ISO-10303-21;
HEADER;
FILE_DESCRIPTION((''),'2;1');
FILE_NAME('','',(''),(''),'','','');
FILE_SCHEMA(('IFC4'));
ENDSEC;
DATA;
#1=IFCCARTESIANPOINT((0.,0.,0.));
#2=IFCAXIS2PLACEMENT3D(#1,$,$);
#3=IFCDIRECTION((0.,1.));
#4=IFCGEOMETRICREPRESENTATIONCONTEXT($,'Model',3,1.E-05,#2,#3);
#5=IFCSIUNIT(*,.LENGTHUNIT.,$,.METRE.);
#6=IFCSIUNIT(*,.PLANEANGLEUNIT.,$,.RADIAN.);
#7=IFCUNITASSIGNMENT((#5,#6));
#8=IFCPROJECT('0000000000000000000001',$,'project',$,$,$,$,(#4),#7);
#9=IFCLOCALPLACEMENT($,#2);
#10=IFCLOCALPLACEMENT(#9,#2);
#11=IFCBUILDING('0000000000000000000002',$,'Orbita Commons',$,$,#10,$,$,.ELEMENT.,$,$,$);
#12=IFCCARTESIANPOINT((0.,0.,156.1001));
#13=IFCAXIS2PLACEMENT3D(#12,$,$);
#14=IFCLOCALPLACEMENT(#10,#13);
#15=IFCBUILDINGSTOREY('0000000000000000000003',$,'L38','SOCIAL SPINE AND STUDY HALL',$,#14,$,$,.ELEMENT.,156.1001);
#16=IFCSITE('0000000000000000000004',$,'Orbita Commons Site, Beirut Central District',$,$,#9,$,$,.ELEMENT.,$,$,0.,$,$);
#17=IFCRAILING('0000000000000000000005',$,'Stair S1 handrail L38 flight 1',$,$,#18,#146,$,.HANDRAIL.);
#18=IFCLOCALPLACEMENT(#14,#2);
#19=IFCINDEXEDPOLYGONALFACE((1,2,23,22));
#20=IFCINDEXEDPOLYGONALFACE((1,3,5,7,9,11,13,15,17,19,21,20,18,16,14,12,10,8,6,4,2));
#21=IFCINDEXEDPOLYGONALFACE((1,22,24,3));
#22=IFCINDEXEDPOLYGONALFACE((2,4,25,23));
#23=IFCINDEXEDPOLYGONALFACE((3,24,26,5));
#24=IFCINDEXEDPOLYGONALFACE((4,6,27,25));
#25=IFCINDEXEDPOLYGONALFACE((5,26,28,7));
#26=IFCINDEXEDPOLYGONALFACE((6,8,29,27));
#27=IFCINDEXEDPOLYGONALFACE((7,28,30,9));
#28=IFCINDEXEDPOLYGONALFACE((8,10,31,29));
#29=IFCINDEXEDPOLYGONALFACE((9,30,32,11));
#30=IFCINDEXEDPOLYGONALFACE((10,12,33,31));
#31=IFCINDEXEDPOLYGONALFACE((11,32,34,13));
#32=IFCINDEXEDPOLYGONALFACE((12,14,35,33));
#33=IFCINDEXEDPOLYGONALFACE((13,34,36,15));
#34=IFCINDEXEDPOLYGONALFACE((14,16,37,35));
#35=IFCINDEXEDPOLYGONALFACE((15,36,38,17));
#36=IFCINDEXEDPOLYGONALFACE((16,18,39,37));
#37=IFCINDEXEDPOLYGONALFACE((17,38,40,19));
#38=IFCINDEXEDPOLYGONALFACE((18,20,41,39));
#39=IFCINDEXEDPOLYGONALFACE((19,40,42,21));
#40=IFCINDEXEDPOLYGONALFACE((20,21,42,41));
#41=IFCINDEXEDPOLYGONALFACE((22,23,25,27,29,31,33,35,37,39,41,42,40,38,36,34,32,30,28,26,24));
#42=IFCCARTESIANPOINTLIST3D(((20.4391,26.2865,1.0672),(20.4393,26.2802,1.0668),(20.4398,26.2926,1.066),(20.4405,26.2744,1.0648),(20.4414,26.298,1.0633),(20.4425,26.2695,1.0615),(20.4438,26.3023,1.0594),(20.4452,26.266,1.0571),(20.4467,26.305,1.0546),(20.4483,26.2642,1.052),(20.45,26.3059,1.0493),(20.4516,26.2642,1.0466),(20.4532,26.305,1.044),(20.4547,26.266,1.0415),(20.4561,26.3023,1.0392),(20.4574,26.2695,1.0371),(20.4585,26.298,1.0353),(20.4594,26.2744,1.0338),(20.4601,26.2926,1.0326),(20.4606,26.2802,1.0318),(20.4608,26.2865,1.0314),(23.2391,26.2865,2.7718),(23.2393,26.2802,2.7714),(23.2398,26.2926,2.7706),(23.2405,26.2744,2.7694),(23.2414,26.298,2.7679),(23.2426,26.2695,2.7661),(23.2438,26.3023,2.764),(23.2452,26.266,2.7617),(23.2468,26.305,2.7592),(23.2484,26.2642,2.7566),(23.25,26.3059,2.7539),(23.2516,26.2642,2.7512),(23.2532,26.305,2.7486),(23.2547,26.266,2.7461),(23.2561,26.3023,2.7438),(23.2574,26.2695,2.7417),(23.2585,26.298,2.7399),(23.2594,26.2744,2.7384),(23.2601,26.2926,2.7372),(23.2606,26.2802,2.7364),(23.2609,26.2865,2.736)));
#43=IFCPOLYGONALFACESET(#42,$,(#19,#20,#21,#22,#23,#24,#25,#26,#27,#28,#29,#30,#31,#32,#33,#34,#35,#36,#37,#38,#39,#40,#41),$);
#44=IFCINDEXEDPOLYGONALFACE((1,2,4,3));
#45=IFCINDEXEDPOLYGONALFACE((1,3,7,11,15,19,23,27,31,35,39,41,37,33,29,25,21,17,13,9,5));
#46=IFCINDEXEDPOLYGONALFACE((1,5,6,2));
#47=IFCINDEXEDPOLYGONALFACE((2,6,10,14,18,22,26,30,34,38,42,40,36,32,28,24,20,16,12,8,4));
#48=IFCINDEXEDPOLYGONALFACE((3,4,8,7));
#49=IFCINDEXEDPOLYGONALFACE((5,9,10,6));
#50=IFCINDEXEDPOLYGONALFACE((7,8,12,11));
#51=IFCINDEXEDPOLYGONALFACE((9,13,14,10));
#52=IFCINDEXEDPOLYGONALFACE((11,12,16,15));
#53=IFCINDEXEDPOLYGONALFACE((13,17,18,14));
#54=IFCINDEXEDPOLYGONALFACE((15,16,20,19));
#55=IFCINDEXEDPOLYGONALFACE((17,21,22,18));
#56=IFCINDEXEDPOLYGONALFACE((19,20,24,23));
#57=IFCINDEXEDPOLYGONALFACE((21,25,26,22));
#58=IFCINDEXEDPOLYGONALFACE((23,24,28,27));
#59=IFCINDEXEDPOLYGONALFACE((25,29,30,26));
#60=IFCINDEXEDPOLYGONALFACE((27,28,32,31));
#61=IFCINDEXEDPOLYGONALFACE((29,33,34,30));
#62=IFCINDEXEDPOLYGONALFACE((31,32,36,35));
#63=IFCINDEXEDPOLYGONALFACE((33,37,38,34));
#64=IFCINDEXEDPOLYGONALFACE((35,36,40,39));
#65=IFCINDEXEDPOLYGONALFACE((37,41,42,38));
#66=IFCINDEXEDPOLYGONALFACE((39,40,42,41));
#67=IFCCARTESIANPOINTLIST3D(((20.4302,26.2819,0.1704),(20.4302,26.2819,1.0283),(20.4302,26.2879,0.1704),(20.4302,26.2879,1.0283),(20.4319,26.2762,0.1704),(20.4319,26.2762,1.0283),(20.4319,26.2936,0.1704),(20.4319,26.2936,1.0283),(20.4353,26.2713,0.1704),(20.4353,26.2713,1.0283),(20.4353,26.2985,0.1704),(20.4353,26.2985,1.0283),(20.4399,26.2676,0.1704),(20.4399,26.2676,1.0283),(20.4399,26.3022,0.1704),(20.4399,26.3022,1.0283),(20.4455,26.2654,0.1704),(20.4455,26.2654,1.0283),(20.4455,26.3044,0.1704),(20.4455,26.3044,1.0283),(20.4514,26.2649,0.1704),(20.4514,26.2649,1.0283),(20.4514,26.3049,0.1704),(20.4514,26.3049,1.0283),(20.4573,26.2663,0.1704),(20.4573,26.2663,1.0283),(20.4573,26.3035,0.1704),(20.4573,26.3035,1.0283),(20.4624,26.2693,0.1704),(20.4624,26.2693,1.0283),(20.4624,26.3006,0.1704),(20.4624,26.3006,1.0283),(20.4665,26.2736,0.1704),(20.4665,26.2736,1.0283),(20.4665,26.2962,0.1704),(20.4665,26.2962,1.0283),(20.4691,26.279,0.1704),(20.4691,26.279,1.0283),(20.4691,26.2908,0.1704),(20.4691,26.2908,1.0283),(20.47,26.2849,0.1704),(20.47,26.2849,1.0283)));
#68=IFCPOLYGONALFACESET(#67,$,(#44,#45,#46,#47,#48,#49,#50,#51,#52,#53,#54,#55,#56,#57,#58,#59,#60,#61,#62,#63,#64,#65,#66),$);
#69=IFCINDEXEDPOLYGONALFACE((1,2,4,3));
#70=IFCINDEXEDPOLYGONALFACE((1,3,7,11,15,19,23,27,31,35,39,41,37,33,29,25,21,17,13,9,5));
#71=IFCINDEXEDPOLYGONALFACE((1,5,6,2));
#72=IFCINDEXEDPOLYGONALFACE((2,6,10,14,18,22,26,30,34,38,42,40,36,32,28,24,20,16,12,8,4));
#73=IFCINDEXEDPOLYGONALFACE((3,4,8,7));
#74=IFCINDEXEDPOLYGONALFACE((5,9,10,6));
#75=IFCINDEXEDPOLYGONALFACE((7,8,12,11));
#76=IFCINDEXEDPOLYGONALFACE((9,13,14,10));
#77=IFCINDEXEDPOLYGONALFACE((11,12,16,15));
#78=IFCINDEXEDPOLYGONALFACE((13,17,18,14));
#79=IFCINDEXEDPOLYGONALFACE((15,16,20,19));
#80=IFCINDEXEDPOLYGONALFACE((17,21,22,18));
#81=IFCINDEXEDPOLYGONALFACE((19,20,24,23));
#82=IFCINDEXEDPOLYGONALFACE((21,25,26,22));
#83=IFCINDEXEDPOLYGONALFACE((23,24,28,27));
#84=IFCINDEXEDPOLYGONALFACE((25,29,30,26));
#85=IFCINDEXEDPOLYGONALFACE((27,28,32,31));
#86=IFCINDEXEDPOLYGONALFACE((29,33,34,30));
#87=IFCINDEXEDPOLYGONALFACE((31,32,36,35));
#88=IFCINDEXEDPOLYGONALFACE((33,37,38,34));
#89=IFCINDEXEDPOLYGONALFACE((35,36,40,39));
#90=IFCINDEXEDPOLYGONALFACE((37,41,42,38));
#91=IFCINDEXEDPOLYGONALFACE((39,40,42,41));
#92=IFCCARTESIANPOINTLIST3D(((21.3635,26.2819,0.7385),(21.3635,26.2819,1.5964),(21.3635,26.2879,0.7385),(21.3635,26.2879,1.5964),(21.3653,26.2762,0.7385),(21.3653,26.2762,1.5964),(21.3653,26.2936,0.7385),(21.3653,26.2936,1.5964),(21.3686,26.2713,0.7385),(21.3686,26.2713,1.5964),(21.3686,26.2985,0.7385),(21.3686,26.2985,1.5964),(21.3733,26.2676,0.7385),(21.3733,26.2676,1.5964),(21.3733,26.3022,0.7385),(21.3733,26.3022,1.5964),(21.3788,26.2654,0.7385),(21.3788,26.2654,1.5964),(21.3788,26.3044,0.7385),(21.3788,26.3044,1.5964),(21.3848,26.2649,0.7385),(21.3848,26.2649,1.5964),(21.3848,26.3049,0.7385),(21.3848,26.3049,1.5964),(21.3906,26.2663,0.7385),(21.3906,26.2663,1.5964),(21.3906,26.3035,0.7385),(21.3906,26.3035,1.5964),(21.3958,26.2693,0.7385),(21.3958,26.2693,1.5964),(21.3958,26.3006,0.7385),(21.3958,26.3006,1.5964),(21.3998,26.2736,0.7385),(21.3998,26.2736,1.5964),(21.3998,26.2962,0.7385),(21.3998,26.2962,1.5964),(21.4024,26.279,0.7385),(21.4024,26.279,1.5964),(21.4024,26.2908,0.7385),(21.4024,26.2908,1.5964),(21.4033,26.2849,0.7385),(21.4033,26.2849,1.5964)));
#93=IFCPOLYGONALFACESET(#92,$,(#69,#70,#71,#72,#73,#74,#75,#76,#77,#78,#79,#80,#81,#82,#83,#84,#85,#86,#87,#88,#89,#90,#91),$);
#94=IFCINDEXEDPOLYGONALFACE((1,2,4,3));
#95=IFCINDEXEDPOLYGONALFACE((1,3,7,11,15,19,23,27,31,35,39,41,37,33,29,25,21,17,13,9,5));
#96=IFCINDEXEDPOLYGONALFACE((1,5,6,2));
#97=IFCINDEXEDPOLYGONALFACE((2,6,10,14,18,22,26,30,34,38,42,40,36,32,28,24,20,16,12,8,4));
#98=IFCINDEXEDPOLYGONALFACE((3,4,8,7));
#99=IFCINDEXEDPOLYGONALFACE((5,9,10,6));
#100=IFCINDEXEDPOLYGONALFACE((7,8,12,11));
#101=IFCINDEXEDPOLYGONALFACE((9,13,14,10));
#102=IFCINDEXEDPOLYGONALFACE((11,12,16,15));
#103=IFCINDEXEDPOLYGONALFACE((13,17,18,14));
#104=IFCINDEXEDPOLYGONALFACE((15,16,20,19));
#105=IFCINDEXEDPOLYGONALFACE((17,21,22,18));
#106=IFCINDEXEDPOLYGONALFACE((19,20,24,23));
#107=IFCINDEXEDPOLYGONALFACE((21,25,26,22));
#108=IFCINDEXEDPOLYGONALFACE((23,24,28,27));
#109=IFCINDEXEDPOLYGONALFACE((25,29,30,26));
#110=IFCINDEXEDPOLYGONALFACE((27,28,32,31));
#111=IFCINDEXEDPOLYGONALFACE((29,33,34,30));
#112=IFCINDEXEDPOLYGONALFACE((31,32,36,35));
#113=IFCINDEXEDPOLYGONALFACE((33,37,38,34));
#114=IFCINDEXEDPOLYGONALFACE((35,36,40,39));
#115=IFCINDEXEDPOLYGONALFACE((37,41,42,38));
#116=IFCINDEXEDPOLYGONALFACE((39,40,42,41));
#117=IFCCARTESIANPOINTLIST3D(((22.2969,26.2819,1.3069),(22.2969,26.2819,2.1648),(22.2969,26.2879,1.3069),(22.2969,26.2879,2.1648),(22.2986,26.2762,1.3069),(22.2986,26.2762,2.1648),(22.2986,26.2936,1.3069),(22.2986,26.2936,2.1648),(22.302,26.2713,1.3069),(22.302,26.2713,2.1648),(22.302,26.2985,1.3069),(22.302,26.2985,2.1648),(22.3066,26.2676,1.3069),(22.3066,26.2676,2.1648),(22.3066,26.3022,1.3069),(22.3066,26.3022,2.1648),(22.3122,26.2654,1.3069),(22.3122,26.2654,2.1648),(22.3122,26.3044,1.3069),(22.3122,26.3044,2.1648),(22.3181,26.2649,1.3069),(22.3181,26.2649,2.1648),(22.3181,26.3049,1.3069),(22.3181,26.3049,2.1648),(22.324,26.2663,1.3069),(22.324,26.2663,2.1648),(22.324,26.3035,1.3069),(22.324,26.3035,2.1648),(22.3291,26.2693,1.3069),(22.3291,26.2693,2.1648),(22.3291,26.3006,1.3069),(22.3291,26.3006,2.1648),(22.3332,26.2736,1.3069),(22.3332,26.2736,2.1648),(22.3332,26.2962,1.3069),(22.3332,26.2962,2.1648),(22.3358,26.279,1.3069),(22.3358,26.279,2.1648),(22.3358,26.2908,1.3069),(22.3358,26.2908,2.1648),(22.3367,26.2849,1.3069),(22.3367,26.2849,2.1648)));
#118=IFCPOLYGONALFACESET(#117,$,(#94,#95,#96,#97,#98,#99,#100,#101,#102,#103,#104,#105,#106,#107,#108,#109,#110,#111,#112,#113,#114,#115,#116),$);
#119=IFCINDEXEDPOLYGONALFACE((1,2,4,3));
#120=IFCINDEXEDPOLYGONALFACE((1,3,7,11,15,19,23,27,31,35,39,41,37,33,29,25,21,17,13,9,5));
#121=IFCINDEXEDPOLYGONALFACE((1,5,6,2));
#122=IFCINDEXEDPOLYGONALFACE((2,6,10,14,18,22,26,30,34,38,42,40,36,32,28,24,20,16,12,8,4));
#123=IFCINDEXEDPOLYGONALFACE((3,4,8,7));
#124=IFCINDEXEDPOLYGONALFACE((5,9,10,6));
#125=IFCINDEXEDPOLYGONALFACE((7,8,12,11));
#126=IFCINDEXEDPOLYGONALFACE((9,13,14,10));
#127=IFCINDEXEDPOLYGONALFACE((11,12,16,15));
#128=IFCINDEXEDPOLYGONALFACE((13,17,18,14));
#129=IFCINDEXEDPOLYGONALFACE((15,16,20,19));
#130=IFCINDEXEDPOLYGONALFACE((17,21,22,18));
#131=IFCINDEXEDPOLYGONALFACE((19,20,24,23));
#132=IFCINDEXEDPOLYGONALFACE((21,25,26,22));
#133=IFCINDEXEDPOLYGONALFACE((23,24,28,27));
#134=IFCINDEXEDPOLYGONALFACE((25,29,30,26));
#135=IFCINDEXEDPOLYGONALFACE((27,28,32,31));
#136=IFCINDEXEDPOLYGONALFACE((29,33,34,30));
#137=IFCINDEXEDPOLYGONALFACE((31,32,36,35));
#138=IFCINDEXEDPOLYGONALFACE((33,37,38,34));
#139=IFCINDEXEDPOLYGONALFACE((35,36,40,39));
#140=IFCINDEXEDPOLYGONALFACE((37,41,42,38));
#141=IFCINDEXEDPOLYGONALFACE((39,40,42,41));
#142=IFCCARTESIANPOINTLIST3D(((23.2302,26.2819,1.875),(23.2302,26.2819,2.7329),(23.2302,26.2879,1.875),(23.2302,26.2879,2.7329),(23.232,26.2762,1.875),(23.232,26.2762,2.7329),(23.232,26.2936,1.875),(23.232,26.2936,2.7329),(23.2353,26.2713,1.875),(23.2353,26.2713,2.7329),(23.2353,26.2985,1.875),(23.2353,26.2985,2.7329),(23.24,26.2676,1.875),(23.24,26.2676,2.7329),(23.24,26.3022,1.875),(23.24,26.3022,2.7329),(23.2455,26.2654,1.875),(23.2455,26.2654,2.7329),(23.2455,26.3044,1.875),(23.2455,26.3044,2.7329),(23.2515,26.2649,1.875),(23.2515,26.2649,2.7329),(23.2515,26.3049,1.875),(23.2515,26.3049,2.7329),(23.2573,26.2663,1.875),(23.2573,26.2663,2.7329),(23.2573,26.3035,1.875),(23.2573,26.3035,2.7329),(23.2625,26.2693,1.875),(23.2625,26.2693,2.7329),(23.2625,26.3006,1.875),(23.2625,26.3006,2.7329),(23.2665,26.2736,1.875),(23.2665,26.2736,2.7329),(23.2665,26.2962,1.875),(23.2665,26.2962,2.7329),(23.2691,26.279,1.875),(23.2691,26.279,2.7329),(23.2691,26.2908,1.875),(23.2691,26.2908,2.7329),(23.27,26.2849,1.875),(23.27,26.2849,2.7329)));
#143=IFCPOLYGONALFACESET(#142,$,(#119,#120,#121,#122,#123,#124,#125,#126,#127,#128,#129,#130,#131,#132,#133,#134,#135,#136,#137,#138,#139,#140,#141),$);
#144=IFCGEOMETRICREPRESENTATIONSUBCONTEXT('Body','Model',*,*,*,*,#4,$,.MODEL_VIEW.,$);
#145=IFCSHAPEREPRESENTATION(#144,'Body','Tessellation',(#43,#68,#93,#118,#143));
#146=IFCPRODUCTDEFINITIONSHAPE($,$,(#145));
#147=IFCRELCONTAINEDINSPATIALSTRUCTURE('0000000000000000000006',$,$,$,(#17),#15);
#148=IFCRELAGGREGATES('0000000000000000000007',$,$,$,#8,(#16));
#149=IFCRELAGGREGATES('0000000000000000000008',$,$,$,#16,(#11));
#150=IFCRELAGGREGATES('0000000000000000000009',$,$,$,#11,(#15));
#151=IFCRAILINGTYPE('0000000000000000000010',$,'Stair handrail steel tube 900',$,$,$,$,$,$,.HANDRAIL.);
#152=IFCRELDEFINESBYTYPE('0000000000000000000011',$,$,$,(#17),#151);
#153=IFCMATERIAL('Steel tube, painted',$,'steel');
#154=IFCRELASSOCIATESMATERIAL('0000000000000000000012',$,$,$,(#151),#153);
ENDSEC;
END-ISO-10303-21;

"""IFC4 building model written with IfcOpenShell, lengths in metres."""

from ifc_helpers import new_model, si_unit, direction, frame, origin, origin_2d, place, context, subcontext, project, spatial, circle, extrude, material, type_object, element, save


model = new_model("IFC4")

# Units and contexts
model_context = context("Model", 3, precision=1e-05, world=origin(), true_north=direction((0.0, 1.0)))
body_context = subcontext(model_context, "Body", "Model", "MODEL_VIEW")
ifc_project = project(units=[si_unit("LENGTHUNIT", "METRE"), si_unit("PLANEANGLEUNIT", "RADIAN")], contexts=[model_context])

# Site, building, storey
site_placement = place(None, origin())
site = spatial("IfcSite", under=ifc_project, at=site_placement, Name="Orbita Commons Site, Beirut Central District", CompositionType="ELEMENT", RefElevation=0.0)
building_placement = place(site_placement, origin())
building = spatial("IfcBuilding", under=site, at=building_placement, Name="Orbita Commons", CompositionType="ELEMENT")
storey_placement = place(building_placement, frame((0.0, 0.0, 156.1001)))
storey = spatial("IfcBuildingStorey", under=building, at=storey_placement, Name="L38", Description="SOCIAL SPINE AND STUDY HALL", CompositionType="ELEMENT", Elevation=156.1001)

# Railing
ifc_material_1 = material(Name="Steel tube, painted", Category="steel")
railing_type = type_object("IfcRailingType", Name="Stair handrail steel tube 900", PredefinedType="HANDRAIL", material=ifc_material_1)
railing_placement = place(storey_placement, frame((20.45, 26.2849, 0.1704)))
element("IfcRailing", 1, at=railing_placement, inside=storey, type_object=railing_type, Name="Stair S1 handrail L38 flight 1", PredefinedType="HANDRAIL", context=body_context, shape_type="SweptSolid", body=[
    extrude(circle(Radius=0.021, at=origin_2d()), frame((0.0, 0.0, 0.8789), z_axis=(0.85417, 0.0, 0.519994), x_axis=(0.0, 1.0, 0.0)), (0.0, 0.0, 1.0), 3.2781),
    extrude(circle(Radius=0.02, at=origin_2d()), origin(), (0.0, 0.0, 1.0), 0.8579),
    extrude(circle(Radius=0.02, at=origin_2d()), frame((0.9333, 0.0, 0.5681)), (0.0, 0.0, 1.0), 0.8579),
    extrude(circle(Radius=0.02, at=origin_2d()), frame((1.8667, 0.0, 1.1365)), (0.0, 0.0, 1.0), 0.8579),
    extrude(circle(Radius=0.02, at=origin_2d()), frame((2.8, 0.0, 1.7046)), (0.0, 0.0, 1.0), 0.8579),
])

save(model, "model.ifc")
